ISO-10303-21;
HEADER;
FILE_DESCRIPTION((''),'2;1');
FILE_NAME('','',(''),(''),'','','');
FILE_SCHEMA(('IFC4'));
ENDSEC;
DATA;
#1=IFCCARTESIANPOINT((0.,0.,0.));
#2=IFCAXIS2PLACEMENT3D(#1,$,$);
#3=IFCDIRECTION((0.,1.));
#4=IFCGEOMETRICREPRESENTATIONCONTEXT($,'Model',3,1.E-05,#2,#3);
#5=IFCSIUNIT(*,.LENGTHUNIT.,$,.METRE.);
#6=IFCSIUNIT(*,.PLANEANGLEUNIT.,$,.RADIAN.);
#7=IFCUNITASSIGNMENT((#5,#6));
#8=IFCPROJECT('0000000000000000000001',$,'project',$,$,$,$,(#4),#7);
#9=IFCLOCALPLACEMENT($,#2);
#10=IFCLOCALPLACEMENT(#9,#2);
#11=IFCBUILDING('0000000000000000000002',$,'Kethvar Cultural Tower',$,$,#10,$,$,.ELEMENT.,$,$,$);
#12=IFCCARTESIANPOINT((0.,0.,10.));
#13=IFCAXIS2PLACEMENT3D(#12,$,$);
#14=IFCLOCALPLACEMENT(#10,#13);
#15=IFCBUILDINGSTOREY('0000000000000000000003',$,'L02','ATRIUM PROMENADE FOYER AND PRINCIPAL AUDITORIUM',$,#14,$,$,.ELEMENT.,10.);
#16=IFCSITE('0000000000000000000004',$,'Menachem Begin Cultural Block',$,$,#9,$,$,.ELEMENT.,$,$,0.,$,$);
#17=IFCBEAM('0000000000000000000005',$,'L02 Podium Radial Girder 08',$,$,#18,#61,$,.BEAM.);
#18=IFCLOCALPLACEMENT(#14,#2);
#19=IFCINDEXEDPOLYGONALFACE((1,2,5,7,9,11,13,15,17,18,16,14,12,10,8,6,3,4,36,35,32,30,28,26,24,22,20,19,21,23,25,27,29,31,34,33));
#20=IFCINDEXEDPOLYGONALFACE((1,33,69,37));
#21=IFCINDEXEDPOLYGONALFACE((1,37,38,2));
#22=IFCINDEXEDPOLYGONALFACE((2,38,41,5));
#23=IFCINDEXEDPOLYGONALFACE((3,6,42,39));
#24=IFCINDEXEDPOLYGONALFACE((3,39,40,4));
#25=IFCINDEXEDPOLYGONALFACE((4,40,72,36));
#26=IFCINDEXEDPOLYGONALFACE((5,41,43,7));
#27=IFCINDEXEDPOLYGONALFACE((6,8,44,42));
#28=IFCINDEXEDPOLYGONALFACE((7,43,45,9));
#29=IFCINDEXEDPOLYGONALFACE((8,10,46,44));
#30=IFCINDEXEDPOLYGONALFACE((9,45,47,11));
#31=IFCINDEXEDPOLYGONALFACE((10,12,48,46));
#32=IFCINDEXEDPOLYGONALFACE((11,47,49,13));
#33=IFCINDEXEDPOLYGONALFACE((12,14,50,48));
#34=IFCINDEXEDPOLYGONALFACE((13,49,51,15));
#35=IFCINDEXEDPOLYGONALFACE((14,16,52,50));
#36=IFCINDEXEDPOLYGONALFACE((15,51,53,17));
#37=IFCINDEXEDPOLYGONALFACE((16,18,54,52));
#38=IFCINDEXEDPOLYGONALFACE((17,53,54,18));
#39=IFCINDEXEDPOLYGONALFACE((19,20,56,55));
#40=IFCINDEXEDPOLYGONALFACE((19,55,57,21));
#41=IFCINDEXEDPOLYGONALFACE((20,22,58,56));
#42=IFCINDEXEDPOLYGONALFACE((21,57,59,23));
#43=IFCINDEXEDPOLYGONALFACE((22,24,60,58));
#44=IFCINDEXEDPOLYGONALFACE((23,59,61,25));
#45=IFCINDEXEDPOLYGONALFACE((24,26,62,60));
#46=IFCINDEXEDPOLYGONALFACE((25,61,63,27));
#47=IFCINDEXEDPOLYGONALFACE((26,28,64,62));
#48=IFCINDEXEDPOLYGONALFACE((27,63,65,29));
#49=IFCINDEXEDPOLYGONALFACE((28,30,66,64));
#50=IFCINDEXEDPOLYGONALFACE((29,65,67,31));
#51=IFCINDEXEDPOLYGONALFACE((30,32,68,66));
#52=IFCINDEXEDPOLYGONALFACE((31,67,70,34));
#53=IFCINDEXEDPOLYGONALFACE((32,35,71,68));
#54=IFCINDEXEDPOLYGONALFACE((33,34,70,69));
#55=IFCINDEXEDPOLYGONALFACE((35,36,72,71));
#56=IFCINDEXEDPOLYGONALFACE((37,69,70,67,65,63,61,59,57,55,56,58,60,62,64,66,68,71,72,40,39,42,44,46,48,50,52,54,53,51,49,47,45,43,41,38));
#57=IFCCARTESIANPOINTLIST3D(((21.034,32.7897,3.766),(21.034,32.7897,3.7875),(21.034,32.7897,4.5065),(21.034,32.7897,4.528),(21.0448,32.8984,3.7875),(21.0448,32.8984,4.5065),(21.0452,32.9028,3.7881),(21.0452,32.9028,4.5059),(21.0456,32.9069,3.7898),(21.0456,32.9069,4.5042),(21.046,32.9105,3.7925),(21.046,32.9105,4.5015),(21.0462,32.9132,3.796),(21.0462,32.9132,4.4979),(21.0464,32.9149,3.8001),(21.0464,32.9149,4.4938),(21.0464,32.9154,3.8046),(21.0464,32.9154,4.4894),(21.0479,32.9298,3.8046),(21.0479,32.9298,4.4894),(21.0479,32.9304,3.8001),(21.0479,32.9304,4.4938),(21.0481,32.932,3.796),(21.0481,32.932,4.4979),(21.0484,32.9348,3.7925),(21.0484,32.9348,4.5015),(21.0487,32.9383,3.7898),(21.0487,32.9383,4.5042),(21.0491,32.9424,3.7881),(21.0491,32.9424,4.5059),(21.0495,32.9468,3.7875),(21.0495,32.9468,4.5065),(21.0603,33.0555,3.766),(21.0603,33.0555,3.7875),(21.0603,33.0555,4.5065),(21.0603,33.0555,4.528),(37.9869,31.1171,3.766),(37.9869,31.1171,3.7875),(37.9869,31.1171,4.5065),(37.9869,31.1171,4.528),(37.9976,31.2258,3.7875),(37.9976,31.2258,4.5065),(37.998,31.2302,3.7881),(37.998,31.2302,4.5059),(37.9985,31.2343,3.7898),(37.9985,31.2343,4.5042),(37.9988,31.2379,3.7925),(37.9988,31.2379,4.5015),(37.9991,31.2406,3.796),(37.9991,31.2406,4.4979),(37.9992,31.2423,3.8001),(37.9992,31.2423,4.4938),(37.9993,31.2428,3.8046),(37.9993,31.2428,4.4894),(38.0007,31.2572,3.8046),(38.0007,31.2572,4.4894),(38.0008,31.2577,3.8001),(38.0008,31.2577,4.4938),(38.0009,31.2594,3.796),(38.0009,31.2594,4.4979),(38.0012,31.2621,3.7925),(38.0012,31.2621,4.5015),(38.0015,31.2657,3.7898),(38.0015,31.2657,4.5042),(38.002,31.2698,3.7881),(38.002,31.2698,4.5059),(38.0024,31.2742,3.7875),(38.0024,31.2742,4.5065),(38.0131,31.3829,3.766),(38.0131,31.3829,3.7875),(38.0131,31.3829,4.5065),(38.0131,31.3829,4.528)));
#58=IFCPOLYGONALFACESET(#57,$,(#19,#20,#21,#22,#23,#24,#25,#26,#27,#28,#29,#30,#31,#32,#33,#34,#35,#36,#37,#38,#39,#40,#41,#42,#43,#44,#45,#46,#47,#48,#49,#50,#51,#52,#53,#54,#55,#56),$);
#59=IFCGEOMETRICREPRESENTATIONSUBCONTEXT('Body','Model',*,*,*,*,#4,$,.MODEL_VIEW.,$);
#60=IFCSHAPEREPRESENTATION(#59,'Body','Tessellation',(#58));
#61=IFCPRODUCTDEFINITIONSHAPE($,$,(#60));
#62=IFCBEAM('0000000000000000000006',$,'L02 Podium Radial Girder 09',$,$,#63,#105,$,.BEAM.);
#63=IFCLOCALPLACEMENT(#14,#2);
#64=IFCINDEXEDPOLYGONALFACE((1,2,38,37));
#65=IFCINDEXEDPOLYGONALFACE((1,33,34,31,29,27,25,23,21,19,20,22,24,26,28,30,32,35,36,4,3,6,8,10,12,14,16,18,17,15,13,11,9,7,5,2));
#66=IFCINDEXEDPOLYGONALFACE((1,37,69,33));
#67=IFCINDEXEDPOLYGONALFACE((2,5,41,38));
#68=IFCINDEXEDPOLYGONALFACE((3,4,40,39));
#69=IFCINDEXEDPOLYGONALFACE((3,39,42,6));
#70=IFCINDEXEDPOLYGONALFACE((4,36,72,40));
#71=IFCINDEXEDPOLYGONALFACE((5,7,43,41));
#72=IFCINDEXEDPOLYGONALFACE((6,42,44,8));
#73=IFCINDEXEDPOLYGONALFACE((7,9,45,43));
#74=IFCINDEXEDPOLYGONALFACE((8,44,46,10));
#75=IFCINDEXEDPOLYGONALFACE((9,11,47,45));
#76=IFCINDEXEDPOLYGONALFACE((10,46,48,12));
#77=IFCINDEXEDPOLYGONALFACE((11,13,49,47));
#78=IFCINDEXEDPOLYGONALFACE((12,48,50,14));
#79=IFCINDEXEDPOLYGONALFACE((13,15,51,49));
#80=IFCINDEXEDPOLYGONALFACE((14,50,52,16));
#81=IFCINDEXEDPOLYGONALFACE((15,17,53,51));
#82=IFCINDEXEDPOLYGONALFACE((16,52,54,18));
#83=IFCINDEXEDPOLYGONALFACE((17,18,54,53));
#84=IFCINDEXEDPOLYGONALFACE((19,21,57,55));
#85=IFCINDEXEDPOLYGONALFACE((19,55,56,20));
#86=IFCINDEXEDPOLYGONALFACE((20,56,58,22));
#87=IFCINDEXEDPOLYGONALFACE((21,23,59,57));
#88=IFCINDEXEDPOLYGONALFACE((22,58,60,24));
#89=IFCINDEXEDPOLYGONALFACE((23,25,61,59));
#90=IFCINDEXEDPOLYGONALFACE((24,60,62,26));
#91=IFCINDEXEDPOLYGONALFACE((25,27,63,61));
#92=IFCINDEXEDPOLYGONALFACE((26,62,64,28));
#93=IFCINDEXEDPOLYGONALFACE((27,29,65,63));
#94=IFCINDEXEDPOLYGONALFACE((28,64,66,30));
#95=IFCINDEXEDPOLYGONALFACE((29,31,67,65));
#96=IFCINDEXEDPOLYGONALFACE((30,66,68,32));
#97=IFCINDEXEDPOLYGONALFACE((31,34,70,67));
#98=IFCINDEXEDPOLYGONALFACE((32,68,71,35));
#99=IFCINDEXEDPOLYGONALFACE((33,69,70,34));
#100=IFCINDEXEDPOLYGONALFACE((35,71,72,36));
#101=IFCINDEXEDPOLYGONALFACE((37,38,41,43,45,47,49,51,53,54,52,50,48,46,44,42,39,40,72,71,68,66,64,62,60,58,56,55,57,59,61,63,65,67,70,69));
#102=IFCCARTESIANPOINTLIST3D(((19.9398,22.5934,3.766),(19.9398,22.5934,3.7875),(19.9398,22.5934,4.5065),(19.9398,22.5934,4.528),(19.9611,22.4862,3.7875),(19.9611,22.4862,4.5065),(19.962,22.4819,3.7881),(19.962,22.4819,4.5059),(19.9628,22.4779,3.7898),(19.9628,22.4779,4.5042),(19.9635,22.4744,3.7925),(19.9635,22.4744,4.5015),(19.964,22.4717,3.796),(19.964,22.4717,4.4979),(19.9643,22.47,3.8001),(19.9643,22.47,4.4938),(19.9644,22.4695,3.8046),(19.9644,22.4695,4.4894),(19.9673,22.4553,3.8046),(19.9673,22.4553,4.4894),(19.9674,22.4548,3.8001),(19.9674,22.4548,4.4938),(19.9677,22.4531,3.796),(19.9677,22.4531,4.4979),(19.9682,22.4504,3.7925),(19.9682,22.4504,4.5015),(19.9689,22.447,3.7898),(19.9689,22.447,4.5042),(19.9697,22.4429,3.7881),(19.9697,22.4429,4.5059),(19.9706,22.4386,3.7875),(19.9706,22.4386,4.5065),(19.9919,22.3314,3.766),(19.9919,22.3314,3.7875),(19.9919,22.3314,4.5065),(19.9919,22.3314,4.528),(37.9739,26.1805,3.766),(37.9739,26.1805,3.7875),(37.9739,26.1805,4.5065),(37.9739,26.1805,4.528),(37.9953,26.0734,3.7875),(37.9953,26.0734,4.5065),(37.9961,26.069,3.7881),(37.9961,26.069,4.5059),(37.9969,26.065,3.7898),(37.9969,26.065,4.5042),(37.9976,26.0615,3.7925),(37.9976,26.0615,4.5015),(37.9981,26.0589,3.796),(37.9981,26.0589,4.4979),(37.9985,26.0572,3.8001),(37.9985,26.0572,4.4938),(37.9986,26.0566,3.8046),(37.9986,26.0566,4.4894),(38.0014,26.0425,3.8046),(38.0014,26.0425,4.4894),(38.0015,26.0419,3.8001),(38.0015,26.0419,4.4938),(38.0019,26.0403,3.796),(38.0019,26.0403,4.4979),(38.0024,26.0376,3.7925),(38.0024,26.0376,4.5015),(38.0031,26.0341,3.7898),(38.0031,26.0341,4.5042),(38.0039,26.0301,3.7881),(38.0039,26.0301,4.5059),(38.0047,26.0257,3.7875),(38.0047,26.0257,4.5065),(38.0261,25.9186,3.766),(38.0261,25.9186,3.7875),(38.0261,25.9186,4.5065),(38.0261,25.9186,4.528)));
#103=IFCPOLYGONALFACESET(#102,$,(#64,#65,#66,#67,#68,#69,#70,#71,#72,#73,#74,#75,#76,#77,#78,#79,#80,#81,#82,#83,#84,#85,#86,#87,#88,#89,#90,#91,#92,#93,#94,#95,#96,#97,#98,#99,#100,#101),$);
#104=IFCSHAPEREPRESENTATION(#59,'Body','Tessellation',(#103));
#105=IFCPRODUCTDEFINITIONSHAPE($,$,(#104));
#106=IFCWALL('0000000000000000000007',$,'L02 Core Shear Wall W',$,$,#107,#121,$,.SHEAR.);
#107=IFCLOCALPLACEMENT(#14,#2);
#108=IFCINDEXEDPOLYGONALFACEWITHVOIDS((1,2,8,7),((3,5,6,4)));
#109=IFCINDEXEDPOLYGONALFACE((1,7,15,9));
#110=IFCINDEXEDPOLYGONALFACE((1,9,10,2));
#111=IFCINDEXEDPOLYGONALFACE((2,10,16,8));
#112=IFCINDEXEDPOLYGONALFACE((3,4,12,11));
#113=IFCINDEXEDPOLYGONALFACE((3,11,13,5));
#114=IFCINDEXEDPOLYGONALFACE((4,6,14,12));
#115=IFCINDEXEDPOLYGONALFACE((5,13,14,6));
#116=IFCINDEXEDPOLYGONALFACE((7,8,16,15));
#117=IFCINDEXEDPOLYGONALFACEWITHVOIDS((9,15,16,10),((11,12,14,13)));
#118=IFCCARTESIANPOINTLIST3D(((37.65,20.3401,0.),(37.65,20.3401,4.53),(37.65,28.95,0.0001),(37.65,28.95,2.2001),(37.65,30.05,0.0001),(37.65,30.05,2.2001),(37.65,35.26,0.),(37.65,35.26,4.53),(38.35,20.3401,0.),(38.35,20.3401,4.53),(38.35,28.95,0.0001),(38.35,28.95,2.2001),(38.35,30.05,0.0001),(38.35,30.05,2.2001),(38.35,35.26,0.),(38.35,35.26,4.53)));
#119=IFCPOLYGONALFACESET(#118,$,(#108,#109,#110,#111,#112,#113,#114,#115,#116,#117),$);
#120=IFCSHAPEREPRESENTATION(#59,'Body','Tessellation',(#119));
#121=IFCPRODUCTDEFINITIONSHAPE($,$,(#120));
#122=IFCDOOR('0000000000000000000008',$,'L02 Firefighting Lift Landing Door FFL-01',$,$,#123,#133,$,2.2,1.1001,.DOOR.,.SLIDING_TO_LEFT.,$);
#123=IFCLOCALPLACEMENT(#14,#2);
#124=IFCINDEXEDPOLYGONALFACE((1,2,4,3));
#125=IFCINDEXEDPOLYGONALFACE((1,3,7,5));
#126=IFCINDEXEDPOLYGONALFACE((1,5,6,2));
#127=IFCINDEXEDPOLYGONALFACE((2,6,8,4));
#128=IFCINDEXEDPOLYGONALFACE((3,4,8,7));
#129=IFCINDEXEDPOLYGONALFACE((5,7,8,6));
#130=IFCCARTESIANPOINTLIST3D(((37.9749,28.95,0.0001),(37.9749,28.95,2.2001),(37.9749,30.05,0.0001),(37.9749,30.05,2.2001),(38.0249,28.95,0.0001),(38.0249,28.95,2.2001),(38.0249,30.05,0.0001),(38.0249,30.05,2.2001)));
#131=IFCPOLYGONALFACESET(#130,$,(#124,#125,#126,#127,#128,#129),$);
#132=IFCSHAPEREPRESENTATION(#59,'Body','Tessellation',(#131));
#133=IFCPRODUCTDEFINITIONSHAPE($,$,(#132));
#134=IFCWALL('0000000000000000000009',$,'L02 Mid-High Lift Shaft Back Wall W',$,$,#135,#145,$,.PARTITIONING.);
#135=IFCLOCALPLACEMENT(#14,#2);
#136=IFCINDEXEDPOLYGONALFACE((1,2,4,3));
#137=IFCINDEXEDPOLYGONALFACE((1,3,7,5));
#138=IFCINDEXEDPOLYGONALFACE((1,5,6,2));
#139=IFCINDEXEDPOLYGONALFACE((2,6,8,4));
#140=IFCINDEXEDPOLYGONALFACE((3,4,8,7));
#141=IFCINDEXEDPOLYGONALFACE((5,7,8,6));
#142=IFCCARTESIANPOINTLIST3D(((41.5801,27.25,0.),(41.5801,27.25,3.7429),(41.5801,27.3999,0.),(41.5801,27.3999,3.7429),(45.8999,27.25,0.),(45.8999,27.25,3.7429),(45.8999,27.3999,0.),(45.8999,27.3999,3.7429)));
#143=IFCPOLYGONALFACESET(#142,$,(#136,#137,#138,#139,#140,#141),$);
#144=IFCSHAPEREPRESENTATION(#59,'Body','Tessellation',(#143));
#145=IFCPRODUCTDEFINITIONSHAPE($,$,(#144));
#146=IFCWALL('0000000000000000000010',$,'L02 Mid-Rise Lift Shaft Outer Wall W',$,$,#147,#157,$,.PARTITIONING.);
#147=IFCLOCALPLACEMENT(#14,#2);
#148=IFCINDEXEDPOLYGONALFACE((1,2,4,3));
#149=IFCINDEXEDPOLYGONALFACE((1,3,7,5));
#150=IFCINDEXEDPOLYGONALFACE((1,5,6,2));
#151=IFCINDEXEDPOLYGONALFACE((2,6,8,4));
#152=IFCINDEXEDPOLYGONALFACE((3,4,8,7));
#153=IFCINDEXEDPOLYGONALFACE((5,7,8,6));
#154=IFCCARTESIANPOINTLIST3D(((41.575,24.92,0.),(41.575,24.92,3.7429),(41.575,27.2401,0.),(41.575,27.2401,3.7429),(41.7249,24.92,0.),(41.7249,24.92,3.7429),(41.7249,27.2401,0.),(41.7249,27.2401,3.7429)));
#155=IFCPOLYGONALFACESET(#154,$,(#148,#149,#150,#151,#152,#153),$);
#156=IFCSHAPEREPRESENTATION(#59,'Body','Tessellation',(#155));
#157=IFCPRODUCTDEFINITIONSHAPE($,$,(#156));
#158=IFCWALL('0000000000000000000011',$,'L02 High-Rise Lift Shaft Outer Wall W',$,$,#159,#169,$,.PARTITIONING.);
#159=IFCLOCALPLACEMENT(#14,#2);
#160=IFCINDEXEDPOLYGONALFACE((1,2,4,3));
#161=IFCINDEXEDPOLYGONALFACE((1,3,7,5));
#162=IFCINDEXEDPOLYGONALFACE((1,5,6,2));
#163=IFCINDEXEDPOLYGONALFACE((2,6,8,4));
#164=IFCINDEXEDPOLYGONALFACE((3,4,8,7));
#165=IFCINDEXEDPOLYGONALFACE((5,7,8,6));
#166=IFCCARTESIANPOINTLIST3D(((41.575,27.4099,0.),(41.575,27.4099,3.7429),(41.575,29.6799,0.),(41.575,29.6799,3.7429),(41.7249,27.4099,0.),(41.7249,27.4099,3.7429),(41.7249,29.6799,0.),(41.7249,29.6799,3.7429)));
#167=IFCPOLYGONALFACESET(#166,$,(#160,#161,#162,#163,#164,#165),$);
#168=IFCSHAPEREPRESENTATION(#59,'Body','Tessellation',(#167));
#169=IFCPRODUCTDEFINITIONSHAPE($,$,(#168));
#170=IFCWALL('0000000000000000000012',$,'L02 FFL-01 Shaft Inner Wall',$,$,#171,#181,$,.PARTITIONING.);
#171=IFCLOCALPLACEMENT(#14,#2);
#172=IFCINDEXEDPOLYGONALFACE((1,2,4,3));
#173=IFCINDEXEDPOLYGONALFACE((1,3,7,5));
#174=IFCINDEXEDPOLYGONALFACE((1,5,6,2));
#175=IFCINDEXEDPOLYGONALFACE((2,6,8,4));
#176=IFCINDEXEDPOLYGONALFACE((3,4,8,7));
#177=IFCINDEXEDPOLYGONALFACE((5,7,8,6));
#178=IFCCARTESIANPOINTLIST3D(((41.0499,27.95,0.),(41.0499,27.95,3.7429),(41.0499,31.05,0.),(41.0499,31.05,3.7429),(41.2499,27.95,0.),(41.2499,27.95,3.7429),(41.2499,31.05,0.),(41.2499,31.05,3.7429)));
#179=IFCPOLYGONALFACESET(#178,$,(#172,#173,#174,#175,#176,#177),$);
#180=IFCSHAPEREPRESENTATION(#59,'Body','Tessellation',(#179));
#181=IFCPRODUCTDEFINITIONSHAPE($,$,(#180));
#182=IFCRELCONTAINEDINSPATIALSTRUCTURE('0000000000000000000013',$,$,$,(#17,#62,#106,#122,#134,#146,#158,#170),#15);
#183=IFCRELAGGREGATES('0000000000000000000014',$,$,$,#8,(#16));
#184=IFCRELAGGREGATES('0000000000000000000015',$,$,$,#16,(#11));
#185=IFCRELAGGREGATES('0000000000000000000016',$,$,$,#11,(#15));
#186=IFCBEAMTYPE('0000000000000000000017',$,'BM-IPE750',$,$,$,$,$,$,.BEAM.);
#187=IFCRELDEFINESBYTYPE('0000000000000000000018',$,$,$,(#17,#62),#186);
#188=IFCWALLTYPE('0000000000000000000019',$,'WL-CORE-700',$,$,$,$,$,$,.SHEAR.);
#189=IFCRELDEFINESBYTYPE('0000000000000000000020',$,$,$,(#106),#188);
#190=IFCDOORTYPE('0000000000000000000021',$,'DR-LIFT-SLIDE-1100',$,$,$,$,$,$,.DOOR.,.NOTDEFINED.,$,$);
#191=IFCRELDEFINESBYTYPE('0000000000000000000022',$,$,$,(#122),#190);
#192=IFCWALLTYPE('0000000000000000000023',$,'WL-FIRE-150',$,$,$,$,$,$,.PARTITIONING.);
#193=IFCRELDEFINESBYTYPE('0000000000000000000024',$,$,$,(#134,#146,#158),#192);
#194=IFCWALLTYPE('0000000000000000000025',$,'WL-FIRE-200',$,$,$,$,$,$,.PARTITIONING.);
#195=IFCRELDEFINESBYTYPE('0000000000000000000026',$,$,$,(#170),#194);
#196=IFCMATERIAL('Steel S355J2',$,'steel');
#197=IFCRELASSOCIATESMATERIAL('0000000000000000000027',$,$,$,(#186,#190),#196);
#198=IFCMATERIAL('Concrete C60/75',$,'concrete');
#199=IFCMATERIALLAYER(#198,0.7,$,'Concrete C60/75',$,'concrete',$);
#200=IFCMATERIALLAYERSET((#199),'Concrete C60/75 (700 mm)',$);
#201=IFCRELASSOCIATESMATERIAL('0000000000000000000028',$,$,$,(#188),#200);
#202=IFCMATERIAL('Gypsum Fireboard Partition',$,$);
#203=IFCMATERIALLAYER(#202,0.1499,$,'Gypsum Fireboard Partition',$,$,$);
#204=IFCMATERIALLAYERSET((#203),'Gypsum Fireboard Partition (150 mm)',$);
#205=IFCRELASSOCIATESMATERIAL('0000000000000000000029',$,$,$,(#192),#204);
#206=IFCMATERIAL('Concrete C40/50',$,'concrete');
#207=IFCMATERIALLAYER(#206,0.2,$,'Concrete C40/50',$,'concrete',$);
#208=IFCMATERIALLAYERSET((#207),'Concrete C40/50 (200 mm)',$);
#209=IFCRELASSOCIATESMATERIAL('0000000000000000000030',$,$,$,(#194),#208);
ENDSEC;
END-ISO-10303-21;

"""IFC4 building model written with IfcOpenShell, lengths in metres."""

from ifc_helpers import new_model, si_unit, direction, frame, frame_2d, origin, origin_2d, place, context, subcontext, project, spatial, rectangle, i_section, extrude, source, transform, mapped, material, layer, layer_set, material_profile, profile_set, type_object, element, fill, save


model = new_model("IFC4")

# Units and contexts
model_context = context("Model", 3, precision=1e-05, world=origin(), true_north=direction((0.0, 1.0)))
body_context = subcontext(model_context, "Body", "Model", "MODEL_VIEW")
ifc_project = project(units=[si_unit("LENGTHUNIT", "METRE"), si_unit("PLANEANGLEUNIT", "RADIAN")], contexts=[model_context])

# Site, building, storey
site_placement = place(None, origin())
site = spatial("IfcSite", under=ifc_project, at=site_placement, Name="Menachem Begin Cultural Block", CompositionType="ELEMENT", RefElevation=0.0)
building_placement = place(site_placement, origin())
building = spatial("IfcBuilding", under=site, at=building_placement, Name="Kethvar Cultural Tower", CompositionType="ELEMENT")
storey_placement = place(building_placement, frame((0.0, 0.0, 10.0)))
storey = spatial("IfcBuildingStorey", under=building, at=storey_placement, Name="L02", Description="ATRIUM PROMENADE FOYER AND PRINCIPAL AUDITORIUM", CompositionType="ELEMENT", Elevation=10.0)

# Beams
ifc_material_1 = material(Name="Steel S355J2", Category="steel")
ifc_material_profile_1 = material_profile(ifc_material_1, i_section(OverallWidth=0.2671, OverallDepth=0.762, WebThickness=0.0144, FlangeThickness=0.0215, FilletRadius=0.0171, at=origin_2d()), Name="Steel S355J2 — IPE750x173")
ifc_profile_set_1 = profile_set([ifc_material_profile_1], Name="Steel S355J2 — IPE750x173")
beam_type = type_object("IfcBeamType", Name="BM-IPE750", PredefinedType="BEAM", material=ifc_profile_set_1)
shared_shape_1 = source(origin(), body_context, "Body", "SweptSolid", [
    extrude(i_section(OverallWidth=0.2671, OverallDepth=0.762, WebThickness=0.0144, FlangeThickness=0.0215, FilletRadius=0.0171, at=origin_2d()), origin(), (0.0, 0.0, 1.0), 17.0352),
])
beam_1_placement = place(storey_placement, frame((38.0, 31.25, 4.147), z_axis=(-0.995168, 0.098185, 0.0), x_axis=(-0.098185, -0.995168, 0.0)))
element("IfcBeam", 1, at=beam_1_placement, inside=storey, type_object=beam_type, Name="L02 Podium Radial Girder 08", PredefinedType="BEAM", context=body_context, shape_type="MappedRepresentation", body=[
    mapped(shared_shape_1, transform((0.0, 0.0, 0.0), scale=1.0)),
])
shared_shape_2 = source(origin(), body_context, "Body", "SweptSolid", [
    extrude(i_section(OverallWidth=0.2671, OverallDepth=0.762, WebThickness=0.0144, FlangeThickness=0.0215, FilletRadius=0.0171, at=origin_2d()), origin(), (0.0, 0.0, 1.0), 18.3875),
])
beam_2_placement = place(storey_placement, frame((38.0, 26.0496, 4.147), z_axis=(-0.980786, -0.195087, 0.0), x_axis=(0.195087, -0.980786, 0.0)))
element("IfcBeam", 2, at=beam_2_placement, inside=storey, type_object=beam_type, Name="L02 Podium Radial Girder 09", PredefinedType="BEAM", context=body_context, shape_type="MappedRepresentation", body=[
    mapped(shared_shape_2, transform((0.0, 0.0, 0.0), scale=1.0)),
])

# Wall, opening, door
ifc_material_2 = material(Name="Concrete C60/75", Category="concrete")
ifc_layer_1 = layer(ifc_material_2, 0.7, Name="Concrete C60/75", Category="concrete")
ifc_layer_set_1 = layer_set([ifc_layer_1], Name="Concrete C60/75 (700 mm)")
wall_type_1 = type_object("IfcWallType", Name="WL-CORE-700", PredefinedType="SHEAR", material=ifc_layer_set_1)
wall_1_placement = place(storey_placement, frame((38.0, 35.26, 0.0), z_axis=(0.0, 0.0, 1.0), x_axis=(0.0, -1.0, 0.0)))
wall_1 = element("IfcWall", 3, at=wall_1_placement, inside=storey, type_object=wall_type_1, Name="L02 Core Shear Wall W", PredefinedType="SHEAR", context=body_context, shape_type="SweptSolid", body=[
    extrude(rectangle(XDim=14.9199, YDim=0.7, at=frame_2d((7.46, 0.0))), origin(), (0.0, 0.0, 1.0), 4.53),
])
opening_1_placement = place(wall_1_placement, frame((5.21, 0.0, 0.0)))
opening_1 = element("IfcOpeningElement", 4, at=opening_1_placement, cuts=wall_1, PredefinedType="OPENING", context=body_context, shape_type="SweptSolid", body=[
    extrude(rectangle(XDim=1.1001, YDim=2.2, at=frame_2d((0.55, 1.1001))), frame((0.0, 0.3599, 0.0), z_axis=(0.0, -1.0, 0.0), x_axis=(1.0, 0.0, 0.0)), (0.0, 0.0, 1.0), 0.72),
])
door_type_1 = type_object("IfcDoorType", Name="DR-LIFT-SLIDE-1100", OperationType="NOTDEFINED", PredefinedType="DOOR", material=ifc_material_1)
shared_shape_3 = source(origin(), body_context, "Body", "SweptSolid", [
    extrude(rectangle(XDim=1.1001, YDim=2.2, at=frame_2d((0.55, 1.1001))), frame((0.0, 0.0249, 0.0), z_axis=(0.0, -1.0, 0.0), x_axis=(1.0, 0.0, 0.0)), (0.0, 0.0, 1.0), 0.05),
])
door_1_placement = place(opening_1_placement, origin())
door_1 = element("IfcDoor", 5, at=door_1_placement, inside=storey, type_object=door_type_1, Name="L02 Firefighting Lift Landing Door FFL-01", OperationType="SLIDING_TO_LEFT", OverallHeight=2.2, OverallWidth=1.1001, PredefinedType="DOOR", context=body_context, shape_type="MappedRepresentation", body=[
    mapped(shared_shape_3, transform((0.0, 0.0, 0.0), scale=1.0)),
])
fill(opening_1, door_1)

# Walls
ifc_material_3 = material(Name="Gypsum Fireboard Partition")
ifc_layer_2 = layer(ifc_material_3, 0.1499, Name="Gypsum Fireboard Partition")
ifc_layer_set_2 = layer_set([ifc_layer_2], Name="Gypsum Fireboard Partition (150 mm)")
wall_type_2 = type_object("IfcWallType", Name="WL-FIRE-150", PredefinedType="PARTITIONING", material=ifc_layer_set_2)
wall_2_placement = place(storey_placement, frame((41.5801, 27.325, 0.0), z_axis=(0.0, 0.0, 1.0), x_axis=(1.0, 0.0, 0.0)))
element("IfcWall", 6, at=wall_2_placement, inside=storey, type_object=wall_type_2, Name="L02 Mid-High Lift Shaft Back Wall W", PredefinedType="PARTITIONING", context=body_context, shape_type="SweptSolid", body=[
    extrude(rectangle(XDim=4.3198, YDim=0.1499, at=frame_2d((2.1599, 0.0))), origin(), (0.0, 0.0, 1.0), 3.7429),
])
wall_3_placement = place(storey_placement, frame((41.6499, 24.9199, 0.0), z_axis=(0.0, 0.0, 1.0), x_axis=(0.0, 1.0, 0.0)))
element("IfcWall", 7, at=wall_3_placement, inside=storey, type_object=wall_type_2, Name="L02 Mid-Rise Lift Shaft Outer Wall W", PredefinedType="PARTITIONING", context=body_context, shape_type="SweptSolid", body=[
    extrude(rectangle(XDim=2.3201, YDim=0.1499, at=frame_2d((1.1602, 0.0))), origin(), (0.0, 0.0, 1.0), 3.7429),
])
wall_4_placement = place(storey_placement, frame((41.6499, 27.4099, 0.0), z_axis=(0.0, 0.0, 1.0), x_axis=(0.0, 1.0, 0.0)))
element("IfcWall", 8, at=wall_4_placement, inside=storey, type_object=wall_type_2, Name="L02 High-Rise Lift Shaft Outer Wall W", PredefinedType="PARTITIONING", context=body_context, shape_type="SweptSolid", body=[
    extrude(rectangle(XDim=2.27, YDim=0.1499, at=frame_2d((1.135, 0.0))), origin(), (0.0, 0.0, 1.0), 3.7429),
])
ifc_material_4 = material(Name="Concrete C40/50", Category="concrete")
ifc_layer_3 = layer(ifc_material_4, 0.2, Name="Concrete C40/50", Category="concrete")
ifc_layer_set_3 = layer_set([ifc_layer_3], Name="Concrete C40/50 (200 mm)")
wall_type_3 = type_object("IfcWallType", Name="WL-FIRE-200", PredefinedType="PARTITIONING", material=ifc_layer_set_3)
wall_5_placement = place(storey_placement, frame((41.1499, 27.95, 0.0), z_axis=(0.0, 0.0, 1.0), x_axis=(0.0, 1.0, 0.0)))
element("IfcWall", 9, at=wall_5_placement, inside=storey, type_object=wall_type_3, Name="L02 FFL-01 Shaft Inner Wall", PredefinedType="PARTITIONING", context=body_context, shape_type="SweptSolid", body=[
    extrude(rectangle(XDim=3.1001, YDim=0.2, at=frame_2d((1.55, 0.0))), origin(), (0.0, 0.0, 1.0), 3.7429),
])

save(model, "model.ifc")
